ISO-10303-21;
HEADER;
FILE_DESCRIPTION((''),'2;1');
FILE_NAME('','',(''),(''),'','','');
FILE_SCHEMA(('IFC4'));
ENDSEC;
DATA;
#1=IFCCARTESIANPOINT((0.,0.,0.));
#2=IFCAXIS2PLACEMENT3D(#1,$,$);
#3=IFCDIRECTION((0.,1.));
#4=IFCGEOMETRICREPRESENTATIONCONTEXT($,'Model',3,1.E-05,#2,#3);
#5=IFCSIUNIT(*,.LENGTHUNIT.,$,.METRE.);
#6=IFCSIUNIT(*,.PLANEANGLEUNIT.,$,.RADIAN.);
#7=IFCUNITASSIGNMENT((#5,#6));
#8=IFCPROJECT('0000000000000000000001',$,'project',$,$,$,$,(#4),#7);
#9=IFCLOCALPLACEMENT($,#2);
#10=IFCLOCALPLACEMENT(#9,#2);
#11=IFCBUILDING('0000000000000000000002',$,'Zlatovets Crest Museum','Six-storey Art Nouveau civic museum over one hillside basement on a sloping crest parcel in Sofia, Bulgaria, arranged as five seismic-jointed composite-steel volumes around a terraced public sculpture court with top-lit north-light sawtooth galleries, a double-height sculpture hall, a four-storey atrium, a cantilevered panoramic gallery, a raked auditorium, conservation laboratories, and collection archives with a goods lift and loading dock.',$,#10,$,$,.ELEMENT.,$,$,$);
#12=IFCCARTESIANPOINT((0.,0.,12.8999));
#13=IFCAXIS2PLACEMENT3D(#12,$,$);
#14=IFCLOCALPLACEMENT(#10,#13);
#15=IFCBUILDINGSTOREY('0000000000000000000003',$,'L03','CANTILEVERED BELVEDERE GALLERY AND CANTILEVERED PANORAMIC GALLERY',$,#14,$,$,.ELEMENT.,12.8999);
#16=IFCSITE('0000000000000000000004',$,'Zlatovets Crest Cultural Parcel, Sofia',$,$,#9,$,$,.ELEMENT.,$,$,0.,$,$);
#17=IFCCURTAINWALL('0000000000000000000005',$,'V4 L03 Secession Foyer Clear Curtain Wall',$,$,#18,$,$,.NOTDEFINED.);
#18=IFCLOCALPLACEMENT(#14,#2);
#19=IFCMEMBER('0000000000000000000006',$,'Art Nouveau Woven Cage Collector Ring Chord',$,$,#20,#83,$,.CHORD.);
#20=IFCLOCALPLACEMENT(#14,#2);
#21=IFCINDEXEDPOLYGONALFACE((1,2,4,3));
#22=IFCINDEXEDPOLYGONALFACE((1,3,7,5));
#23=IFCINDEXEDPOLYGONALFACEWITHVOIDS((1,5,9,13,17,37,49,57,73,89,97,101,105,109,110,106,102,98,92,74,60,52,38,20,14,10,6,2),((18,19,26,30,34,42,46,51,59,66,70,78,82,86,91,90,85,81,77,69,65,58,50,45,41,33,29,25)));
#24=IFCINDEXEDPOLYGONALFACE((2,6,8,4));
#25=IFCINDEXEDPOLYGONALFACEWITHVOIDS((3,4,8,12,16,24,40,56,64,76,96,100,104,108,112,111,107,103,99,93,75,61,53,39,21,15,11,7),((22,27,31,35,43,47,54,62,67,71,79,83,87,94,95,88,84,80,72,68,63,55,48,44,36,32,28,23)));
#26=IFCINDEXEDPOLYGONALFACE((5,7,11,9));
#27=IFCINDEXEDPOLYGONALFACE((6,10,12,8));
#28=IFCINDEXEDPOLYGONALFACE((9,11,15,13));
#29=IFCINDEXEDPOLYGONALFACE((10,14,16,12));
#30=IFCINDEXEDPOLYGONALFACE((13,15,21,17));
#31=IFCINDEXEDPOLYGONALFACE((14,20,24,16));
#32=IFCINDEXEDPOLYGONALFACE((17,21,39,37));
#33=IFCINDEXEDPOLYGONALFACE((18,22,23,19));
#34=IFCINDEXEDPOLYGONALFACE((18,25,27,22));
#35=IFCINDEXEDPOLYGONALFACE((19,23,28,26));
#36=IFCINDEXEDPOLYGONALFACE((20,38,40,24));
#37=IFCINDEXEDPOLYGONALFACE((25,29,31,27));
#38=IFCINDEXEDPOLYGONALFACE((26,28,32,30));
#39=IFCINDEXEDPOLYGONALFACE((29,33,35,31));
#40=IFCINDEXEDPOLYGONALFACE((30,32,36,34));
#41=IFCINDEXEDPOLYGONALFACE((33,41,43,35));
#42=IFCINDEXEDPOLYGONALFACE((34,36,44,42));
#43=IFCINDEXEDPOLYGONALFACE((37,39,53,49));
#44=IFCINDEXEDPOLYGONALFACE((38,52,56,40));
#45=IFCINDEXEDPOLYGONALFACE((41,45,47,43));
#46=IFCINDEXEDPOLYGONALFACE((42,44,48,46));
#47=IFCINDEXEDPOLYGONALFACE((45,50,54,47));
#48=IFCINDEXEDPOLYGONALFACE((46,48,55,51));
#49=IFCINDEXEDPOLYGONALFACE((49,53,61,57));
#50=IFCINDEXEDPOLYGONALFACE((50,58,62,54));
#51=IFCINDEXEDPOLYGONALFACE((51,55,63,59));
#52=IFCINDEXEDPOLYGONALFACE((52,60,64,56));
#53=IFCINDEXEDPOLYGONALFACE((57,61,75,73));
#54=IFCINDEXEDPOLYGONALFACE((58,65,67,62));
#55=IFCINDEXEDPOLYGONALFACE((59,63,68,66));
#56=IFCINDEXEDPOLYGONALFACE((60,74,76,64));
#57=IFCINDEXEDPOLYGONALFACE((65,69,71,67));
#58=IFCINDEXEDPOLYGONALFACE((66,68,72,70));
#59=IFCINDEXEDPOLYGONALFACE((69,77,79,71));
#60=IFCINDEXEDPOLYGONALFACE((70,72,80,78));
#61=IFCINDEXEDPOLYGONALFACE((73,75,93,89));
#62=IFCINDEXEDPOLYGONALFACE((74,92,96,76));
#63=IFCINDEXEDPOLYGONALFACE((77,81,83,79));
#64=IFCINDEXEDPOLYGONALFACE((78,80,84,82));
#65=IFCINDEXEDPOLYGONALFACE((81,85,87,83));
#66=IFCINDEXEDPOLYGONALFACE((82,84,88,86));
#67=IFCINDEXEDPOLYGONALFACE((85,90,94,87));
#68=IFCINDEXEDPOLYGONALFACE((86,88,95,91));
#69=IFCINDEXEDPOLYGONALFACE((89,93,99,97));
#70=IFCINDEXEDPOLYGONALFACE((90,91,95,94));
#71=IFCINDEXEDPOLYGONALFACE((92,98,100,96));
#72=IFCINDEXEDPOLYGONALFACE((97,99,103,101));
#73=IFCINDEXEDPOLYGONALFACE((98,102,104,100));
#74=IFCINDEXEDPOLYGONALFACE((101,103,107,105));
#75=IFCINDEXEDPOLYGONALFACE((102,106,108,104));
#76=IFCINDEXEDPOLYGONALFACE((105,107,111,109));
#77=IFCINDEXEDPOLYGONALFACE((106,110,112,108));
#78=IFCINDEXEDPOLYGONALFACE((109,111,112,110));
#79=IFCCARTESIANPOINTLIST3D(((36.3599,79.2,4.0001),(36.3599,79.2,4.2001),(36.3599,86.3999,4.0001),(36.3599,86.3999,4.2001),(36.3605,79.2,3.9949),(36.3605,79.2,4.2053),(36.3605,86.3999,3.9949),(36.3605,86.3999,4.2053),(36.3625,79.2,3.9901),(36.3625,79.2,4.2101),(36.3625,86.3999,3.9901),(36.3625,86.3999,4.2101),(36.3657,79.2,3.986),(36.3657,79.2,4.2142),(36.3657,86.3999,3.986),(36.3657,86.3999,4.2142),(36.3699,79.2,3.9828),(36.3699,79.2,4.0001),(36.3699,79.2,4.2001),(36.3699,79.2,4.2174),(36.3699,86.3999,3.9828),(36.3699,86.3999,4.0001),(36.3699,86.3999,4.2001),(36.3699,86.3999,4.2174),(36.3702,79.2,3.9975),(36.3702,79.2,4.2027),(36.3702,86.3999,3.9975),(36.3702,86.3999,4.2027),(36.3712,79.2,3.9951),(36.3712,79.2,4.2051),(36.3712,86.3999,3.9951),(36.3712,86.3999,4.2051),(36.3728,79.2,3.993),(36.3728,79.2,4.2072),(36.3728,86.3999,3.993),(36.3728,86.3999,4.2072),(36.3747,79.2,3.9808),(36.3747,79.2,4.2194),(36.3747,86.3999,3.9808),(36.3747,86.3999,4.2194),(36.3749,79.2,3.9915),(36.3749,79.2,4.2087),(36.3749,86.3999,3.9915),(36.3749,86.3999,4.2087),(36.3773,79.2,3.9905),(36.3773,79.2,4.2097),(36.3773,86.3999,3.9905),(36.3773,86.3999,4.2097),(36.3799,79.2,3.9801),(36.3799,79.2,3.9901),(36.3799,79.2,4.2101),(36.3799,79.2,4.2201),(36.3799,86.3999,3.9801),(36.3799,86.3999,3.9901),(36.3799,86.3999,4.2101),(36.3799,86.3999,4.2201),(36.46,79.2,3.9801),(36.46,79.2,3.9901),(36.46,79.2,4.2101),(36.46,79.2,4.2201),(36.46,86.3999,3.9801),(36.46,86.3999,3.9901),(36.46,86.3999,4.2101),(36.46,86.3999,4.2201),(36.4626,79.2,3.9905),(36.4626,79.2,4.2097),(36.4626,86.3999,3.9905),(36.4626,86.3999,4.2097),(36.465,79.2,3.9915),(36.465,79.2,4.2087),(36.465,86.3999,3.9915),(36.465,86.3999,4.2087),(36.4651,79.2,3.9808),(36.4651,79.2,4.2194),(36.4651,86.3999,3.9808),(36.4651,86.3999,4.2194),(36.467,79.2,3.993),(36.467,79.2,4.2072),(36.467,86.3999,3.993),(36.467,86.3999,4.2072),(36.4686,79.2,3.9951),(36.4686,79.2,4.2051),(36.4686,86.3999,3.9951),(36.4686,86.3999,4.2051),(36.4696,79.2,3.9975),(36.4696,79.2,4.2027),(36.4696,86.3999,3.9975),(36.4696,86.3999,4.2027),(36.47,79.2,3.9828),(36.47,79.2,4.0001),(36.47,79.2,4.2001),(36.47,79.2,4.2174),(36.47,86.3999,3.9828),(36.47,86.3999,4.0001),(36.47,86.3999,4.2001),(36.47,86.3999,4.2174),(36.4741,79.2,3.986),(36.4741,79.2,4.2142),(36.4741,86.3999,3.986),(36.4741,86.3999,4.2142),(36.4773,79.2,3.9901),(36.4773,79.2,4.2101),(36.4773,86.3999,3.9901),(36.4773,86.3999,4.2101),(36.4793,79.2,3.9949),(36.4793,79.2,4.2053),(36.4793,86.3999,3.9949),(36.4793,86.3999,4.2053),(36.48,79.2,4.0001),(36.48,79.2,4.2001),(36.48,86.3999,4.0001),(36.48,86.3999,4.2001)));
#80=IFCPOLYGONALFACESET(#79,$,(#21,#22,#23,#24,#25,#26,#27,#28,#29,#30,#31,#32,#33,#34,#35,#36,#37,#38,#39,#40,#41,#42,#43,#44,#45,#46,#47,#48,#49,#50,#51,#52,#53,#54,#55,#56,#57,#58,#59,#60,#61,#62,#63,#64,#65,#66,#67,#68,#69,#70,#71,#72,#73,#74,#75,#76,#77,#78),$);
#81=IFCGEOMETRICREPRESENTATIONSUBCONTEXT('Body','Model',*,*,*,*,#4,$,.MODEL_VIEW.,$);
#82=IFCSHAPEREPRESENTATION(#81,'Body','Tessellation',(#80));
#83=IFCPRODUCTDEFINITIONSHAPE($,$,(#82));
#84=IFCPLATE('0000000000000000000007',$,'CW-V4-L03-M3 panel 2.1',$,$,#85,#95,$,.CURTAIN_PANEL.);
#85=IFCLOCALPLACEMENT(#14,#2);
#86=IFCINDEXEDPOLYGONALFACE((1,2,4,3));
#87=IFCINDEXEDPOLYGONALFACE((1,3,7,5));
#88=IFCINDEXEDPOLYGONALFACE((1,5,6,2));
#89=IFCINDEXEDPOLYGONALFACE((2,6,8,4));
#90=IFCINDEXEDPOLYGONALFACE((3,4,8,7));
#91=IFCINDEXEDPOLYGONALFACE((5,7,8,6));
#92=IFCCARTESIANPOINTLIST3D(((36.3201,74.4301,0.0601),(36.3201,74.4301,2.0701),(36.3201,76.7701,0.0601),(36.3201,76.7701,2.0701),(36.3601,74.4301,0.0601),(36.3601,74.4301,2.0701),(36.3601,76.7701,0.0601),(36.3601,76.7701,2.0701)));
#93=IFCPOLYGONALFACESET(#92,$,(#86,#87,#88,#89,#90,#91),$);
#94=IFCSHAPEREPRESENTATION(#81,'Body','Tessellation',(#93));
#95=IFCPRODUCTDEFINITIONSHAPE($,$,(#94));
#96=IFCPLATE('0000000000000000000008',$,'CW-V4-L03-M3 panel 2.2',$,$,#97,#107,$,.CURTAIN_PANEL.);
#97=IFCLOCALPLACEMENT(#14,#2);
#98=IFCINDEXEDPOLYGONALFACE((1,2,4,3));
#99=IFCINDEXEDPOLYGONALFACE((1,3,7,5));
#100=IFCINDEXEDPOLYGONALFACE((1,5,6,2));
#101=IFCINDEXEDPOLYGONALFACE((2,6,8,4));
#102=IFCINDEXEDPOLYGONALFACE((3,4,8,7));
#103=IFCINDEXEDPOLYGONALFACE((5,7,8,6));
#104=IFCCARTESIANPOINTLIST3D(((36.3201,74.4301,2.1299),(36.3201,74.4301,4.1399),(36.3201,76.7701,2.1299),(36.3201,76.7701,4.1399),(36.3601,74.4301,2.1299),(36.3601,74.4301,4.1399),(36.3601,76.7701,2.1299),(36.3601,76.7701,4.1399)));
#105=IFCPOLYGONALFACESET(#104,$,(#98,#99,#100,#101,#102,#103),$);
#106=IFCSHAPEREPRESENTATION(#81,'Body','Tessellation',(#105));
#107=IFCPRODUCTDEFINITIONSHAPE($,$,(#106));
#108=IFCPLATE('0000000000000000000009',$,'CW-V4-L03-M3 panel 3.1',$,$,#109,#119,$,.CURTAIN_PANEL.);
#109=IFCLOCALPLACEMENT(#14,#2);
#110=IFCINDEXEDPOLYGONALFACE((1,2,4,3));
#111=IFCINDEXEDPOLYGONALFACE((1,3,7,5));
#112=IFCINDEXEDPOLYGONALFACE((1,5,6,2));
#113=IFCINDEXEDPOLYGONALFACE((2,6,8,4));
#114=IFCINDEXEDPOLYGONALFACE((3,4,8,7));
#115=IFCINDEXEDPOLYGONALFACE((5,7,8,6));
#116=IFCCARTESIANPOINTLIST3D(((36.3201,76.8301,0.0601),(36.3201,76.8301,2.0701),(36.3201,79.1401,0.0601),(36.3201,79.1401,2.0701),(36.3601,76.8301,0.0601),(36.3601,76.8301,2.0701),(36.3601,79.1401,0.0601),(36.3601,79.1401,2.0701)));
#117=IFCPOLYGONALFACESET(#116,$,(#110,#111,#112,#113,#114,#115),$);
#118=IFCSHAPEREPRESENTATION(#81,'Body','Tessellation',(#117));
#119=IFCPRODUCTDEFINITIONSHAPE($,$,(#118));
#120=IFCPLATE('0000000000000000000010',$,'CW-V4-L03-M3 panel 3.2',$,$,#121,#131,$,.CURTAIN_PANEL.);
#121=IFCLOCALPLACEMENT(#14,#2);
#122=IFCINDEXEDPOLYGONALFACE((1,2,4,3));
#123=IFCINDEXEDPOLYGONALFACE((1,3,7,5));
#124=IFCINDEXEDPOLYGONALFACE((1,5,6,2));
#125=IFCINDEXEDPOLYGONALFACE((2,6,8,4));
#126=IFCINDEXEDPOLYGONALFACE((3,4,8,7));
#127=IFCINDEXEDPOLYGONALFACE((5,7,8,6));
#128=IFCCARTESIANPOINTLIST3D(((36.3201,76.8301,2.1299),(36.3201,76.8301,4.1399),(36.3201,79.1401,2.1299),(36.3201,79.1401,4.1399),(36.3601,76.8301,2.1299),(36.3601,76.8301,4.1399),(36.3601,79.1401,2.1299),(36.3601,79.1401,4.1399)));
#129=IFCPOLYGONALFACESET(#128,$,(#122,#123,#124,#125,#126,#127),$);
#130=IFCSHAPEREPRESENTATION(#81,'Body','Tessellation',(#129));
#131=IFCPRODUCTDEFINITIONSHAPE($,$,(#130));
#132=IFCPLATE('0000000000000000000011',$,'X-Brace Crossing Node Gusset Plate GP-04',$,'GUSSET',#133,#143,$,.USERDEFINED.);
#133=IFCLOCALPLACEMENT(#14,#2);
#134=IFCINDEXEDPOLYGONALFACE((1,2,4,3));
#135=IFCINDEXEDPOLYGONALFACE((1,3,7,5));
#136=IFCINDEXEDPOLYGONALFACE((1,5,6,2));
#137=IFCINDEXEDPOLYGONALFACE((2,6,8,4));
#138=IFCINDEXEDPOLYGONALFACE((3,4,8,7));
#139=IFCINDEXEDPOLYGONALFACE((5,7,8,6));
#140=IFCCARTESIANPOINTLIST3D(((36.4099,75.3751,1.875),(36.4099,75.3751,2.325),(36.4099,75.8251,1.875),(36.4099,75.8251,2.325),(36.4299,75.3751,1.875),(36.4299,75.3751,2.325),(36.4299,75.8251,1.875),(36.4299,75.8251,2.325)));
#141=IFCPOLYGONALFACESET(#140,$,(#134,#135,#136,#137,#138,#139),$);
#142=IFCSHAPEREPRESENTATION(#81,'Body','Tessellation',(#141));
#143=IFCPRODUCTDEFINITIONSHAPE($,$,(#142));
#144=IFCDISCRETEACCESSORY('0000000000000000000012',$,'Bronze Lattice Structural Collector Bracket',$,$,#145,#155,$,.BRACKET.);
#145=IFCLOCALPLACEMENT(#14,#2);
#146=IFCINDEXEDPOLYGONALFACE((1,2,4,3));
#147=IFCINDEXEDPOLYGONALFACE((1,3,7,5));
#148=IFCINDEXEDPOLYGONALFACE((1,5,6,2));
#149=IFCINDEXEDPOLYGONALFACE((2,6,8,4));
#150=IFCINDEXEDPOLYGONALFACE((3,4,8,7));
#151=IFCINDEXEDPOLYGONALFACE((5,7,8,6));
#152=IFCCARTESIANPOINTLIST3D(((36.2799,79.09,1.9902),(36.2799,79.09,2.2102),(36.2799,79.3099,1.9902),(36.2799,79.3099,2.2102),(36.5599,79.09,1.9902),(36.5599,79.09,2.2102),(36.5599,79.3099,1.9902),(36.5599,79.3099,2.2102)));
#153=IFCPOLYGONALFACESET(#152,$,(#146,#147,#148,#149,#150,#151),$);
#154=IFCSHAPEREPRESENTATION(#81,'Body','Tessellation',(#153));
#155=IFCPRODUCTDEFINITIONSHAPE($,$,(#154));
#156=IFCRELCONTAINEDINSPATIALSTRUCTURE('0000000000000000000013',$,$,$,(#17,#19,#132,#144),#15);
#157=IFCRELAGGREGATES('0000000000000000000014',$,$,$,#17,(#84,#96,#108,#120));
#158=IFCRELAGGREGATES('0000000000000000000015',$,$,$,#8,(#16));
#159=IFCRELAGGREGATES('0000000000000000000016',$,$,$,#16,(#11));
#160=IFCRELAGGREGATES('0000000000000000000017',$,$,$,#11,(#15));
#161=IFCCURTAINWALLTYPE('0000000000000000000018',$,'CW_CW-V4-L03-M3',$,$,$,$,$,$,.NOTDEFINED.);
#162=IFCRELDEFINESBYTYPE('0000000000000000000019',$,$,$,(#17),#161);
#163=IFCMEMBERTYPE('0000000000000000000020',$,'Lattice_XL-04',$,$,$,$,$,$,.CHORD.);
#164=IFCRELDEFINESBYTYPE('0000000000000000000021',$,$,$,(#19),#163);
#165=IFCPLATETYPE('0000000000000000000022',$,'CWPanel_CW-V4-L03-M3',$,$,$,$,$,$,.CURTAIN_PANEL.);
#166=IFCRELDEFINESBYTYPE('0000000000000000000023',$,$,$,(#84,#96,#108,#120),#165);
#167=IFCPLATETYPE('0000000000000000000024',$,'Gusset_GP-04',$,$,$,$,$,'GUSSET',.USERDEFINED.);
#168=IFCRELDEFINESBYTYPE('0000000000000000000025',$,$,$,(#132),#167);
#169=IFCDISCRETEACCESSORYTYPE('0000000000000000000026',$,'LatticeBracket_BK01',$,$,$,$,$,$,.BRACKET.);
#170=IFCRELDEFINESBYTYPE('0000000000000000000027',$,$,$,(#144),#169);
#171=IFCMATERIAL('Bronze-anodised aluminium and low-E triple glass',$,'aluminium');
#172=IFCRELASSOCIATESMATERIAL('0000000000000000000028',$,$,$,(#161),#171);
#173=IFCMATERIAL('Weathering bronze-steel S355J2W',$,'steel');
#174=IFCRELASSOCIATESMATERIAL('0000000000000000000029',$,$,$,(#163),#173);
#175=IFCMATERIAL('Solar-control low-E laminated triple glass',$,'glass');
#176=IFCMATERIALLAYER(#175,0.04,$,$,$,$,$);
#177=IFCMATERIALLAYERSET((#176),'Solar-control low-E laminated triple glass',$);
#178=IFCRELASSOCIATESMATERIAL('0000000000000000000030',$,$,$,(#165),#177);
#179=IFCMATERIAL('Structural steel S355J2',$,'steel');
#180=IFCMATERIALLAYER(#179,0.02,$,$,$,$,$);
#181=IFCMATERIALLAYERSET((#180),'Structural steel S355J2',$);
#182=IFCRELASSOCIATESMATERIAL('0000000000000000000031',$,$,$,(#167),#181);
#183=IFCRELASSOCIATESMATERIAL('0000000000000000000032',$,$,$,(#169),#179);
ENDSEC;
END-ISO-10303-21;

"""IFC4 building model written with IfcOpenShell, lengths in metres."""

from ifc_helpers import new_model, si_unit, direction, frame, origin, origin_2d, place, context, subcontext, project, spatial, rectangle, hollow_rectangle, extrude, material, layer, layer_set, material_profile, profile_set, type_object, element, aggregate, save


model = new_model("IFC4")

# Units and contexts
model_context = context("Model", 3, precision=1e-05, world=origin(), true_north=direction((0.0, 1.0)))
body_context = subcontext(model_context, "Body", "Model", "MODEL_VIEW")
ifc_project = project(units=[si_unit("LENGTHUNIT", "METRE"), si_unit("PLANEANGLEUNIT", "RADIAN")], contexts=[model_context])

# Site, building, storey
site_placement = place(None, origin())
site = spatial("IfcSite", under=ifc_project, at=site_placement, Name="Zlatovets Crest Cultural Parcel, Sofia", CompositionType="ELEMENT", RefElevation=0.0)
building_placement = place(site_placement, origin())
building = spatial("IfcBuilding", under=site, at=building_placement, Name="Zlatovets Crest Museum", Description="Six-storey Art Nouveau civic museum over one hillside basement on a sloping crest parcel in Sofia, Bulgaria, arranged as five seismic-jointed composite-steel volumes around a terraced public sculpture court with top-lit north-light sawtooth galleries, a double-height sculpture hall, a four-storey atrium, a cantilevered panoramic gallery, a raked auditorium, conservation laboratories, and collection archives with a goods lift and loading dock.", CompositionType="ELEMENT")
storey_placement = place(building_placement, frame((0.0, 0.0, 12.8999)))
storey = spatial("IfcBuildingStorey", under=building, at=storey_placement, Name="L03", Description="CANTILEVERED BELVEDERE GALLERY AND CANTILEVERED PANORAMIC GALLERY", CompositionType="ELEMENT", Elevation=12.8999)

# Shared definitions
ifc_material_1 = material(Name="Structural steel S355J2", Category="steel")

# Curtain wall
ifc_material_2 = material(Name="Bronze-anodised aluminium and low-E triple glass", Category="aluminium")
curtain_wall_type_1 = type_object("IfcCurtainWallType", Name="CW_CW-V4-L03-M3", PredefinedType="NOTDEFINED", material=ifc_material_2)
curtain_wall_1_placement = place(storey_placement, origin())
curtain_wall_1 = element("IfcCurtainWall", 1, at=curtain_wall_1_placement, inside=storey, type_object=curtain_wall_type_1, Name="V4 L03 Secession Foyer Clear Curtain Wall", PredefinedType="NOTDEFINED")

# Member
ifc_material_3 = material(Name="Weathering bronze-steel S355J2W", Category="steel")
ifc_material_profile_1 = material_profile(ifc_material_3, hollow_rectangle(XDim=0.1201, YDim=0.24, WallThickness=0.01, InnerFilletRadius=0.01, OuterFilletRadius=0.02, at=origin_2d()), Name="RHS 120x240x10.0")
ifc_profile_set_1 = profile_set([ifc_material_profile_1], Name="Weathering bronze-steel S355J2W")
member_type_1 = type_object("IfcMemberType", Name="Lattice_XL-04", PredefinedType="CHORD", material=ifc_profile_set_1)
member_1_placement = place(storey_placement, frame((36.4199, 79.2, 4.1001), z_axis=(0.0, 1.0, 0.0), x_axis=(-1.0, 0.0, 0.0)))
element("IfcMember", 2, at=member_1_placement, inside=storey, type_object=member_type_1, Name="Art Nouveau Woven Cage Collector Ring Chord", PredefinedType="CHORD", context=body_context, shape_type="SweptSolid", body=[
    extrude(hollow_rectangle(XDim=0.1201, YDim=0.24, WallThickness=0.01, InnerFilletRadius=0.01, OuterFilletRadius=0.02, at=origin_2d()), origin(), (0.0, 0.0, 1.0), 7.2),
])

# Plates
ifc_material_4 = material(Name="Solar-control low-E laminated triple glass", Category="glass")
ifc_layer_1 = layer(ifc_material_4, 0.04)
ifc_layer_set_1 = layer_set([ifc_layer_1], Name="Solar-control low-E laminated triple glass")
plate_type_1 = type_object("IfcPlateType", Name="CWPanel_CW-V4-L03-M3", PredefinedType="CURTAIN_PANEL", material=ifc_layer_set_1)
plate_1_placement = place(storey_placement, frame((36.3401, 75.6001, 0.0601), z_axis=(0.0, 0.0, 1.0), x_axis=(0.0, 1.0, 0.0)))
plate_1 = element("IfcPlate", 3, at=plate_1_placement, type_object=plate_type_1, Name="CW-V4-L03-M3 panel 2.1", PredefinedType="CURTAIN_PANEL", context=body_context, shape_type="SweptSolid", body=[
    extrude(rectangle(XDim=2.3401, YDim=0.04, at=origin_2d()), origin(), (0.0, 0.0, 1.0), 2.01),
])
plate_2_placement = place(storey_placement, frame((36.3401, 75.6001, 2.1299), z_axis=(0.0, 0.0, 1.0), x_axis=(0.0, 1.0, 0.0)))
plate_2 = element("IfcPlate", 4, at=plate_2_placement, type_object=plate_type_1, Name="CW-V4-L03-M3 panel 2.2", PredefinedType="CURTAIN_PANEL", context=body_context, shape_type="SweptSolid", body=[
    extrude(rectangle(XDim=2.3401, YDim=0.04, at=origin_2d()), origin(), (0.0, 0.0, 1.0), 2.01),
])
plate_3_placement = place(storey_placement, frame((36.3401, 77.9851, 0.0601), z_axis=(0.0, 0.0, 1.0), x_axis=(0.0, 1.0, 0.0)))
plate_3 = element("IfcPlate", 5, at=plate_3_placement, type_object=plate_type_1, Name="CW-V4-L03-M3 panel 3.1", PredefinedType="CURTAIN_PANEL", context=body_context, shape_type="SweptSolid", body=[
    extrude(rectangle(XDim=2.3101, YDim=0.04, at=origin_2d()), origin(), (0.0, 0.0, 1.0), 2.01),
])
plate_4_placement = place(storey_placement, frame((36.3401, 77.9851, 2.1299), z_axis=(0.0, 0.0, 1.0), x_axis=(0.0, 1.0, 0.0)))
plate_4 = element("IfcPlate", 6, at=plate_4_placement, type_object=plate_type_1, Name="CW-V4-L03-M3 panel 3.2", PredefinedType="CURTAIN_PANEL", context=body_context, shape_type="SweptSolid", body=[
    extrude(rectangle(XDim=2.3101, YDim=0.04, at=origin_2d()), origin(), (0.0, 0.0, 1.0), 2.01),
])
aggregate(curtain_wall_1, [plate_1, plate_2, plate_3, plate_4])
ifc_layer_2 = layer(ifc_material_1, 0.02)
ifc_layer_set_2 = layer_set([ifc_layer_2], Name="Structural steel S355J2")
plate_type_2 = type_object("IfcPlateType", Name="Gusset_GP-04", ElementType="GUSSET", PredefinedType="USERDEFINED", material=ifc_layer_set_2)
plate_5_placement = place(storey_placement, frame((36.4199, 75.6001, 1.875), z_axis=(0.0, 0.0, 1.0), x_axis=(1.0, 0.0, 0.0)))
element("IfcPlate", 7, at=plate_5_placement, inside=storey, type_object=plate_type_2, Name="X-Brace Crossing Node Gusset Plate GP-04", ObjectType="GUSSET", PredefinedType="USERDEFINED", context=body_context, shape_type="SweptSolid", body=[
    extrude(rectangle(XDim=0.02, YDim=0.45, at=origin_2d()), origin(), (0.0, 0.0, 1.0), 0.45),
])

# Discrete accessory
discrete_accessory_type = type_object("IfcDiscreteAccessoryType", Name="LatticeBracket_BK01", PredefinedType="BRACKET", material=ifc_material_1)
discrete_accessory_placement = place(storey_placement, frame((36.4199, 79.2, 1.9902), z_axis=(0.0, 0.0, 1.0), x_axis=(1.0, 0.0, 0.0)))
element("IfcDiscreteAccessory", 8, at=discrete_accessory_placement, inside=storey, type_object=discrete_accessory_type, Name="Bronze Lattice Structural Collector Bracket", PredefinedType="BRACKET", context=body_context, shape_type="SweptSolid", body=[
    extrude(rectangle(XDim=0.28, YDim=0.22, at=origin_2d()), origin(), (0.0, 0.0, 1.0), 0.22),
])

save(model, "model.ifc")
